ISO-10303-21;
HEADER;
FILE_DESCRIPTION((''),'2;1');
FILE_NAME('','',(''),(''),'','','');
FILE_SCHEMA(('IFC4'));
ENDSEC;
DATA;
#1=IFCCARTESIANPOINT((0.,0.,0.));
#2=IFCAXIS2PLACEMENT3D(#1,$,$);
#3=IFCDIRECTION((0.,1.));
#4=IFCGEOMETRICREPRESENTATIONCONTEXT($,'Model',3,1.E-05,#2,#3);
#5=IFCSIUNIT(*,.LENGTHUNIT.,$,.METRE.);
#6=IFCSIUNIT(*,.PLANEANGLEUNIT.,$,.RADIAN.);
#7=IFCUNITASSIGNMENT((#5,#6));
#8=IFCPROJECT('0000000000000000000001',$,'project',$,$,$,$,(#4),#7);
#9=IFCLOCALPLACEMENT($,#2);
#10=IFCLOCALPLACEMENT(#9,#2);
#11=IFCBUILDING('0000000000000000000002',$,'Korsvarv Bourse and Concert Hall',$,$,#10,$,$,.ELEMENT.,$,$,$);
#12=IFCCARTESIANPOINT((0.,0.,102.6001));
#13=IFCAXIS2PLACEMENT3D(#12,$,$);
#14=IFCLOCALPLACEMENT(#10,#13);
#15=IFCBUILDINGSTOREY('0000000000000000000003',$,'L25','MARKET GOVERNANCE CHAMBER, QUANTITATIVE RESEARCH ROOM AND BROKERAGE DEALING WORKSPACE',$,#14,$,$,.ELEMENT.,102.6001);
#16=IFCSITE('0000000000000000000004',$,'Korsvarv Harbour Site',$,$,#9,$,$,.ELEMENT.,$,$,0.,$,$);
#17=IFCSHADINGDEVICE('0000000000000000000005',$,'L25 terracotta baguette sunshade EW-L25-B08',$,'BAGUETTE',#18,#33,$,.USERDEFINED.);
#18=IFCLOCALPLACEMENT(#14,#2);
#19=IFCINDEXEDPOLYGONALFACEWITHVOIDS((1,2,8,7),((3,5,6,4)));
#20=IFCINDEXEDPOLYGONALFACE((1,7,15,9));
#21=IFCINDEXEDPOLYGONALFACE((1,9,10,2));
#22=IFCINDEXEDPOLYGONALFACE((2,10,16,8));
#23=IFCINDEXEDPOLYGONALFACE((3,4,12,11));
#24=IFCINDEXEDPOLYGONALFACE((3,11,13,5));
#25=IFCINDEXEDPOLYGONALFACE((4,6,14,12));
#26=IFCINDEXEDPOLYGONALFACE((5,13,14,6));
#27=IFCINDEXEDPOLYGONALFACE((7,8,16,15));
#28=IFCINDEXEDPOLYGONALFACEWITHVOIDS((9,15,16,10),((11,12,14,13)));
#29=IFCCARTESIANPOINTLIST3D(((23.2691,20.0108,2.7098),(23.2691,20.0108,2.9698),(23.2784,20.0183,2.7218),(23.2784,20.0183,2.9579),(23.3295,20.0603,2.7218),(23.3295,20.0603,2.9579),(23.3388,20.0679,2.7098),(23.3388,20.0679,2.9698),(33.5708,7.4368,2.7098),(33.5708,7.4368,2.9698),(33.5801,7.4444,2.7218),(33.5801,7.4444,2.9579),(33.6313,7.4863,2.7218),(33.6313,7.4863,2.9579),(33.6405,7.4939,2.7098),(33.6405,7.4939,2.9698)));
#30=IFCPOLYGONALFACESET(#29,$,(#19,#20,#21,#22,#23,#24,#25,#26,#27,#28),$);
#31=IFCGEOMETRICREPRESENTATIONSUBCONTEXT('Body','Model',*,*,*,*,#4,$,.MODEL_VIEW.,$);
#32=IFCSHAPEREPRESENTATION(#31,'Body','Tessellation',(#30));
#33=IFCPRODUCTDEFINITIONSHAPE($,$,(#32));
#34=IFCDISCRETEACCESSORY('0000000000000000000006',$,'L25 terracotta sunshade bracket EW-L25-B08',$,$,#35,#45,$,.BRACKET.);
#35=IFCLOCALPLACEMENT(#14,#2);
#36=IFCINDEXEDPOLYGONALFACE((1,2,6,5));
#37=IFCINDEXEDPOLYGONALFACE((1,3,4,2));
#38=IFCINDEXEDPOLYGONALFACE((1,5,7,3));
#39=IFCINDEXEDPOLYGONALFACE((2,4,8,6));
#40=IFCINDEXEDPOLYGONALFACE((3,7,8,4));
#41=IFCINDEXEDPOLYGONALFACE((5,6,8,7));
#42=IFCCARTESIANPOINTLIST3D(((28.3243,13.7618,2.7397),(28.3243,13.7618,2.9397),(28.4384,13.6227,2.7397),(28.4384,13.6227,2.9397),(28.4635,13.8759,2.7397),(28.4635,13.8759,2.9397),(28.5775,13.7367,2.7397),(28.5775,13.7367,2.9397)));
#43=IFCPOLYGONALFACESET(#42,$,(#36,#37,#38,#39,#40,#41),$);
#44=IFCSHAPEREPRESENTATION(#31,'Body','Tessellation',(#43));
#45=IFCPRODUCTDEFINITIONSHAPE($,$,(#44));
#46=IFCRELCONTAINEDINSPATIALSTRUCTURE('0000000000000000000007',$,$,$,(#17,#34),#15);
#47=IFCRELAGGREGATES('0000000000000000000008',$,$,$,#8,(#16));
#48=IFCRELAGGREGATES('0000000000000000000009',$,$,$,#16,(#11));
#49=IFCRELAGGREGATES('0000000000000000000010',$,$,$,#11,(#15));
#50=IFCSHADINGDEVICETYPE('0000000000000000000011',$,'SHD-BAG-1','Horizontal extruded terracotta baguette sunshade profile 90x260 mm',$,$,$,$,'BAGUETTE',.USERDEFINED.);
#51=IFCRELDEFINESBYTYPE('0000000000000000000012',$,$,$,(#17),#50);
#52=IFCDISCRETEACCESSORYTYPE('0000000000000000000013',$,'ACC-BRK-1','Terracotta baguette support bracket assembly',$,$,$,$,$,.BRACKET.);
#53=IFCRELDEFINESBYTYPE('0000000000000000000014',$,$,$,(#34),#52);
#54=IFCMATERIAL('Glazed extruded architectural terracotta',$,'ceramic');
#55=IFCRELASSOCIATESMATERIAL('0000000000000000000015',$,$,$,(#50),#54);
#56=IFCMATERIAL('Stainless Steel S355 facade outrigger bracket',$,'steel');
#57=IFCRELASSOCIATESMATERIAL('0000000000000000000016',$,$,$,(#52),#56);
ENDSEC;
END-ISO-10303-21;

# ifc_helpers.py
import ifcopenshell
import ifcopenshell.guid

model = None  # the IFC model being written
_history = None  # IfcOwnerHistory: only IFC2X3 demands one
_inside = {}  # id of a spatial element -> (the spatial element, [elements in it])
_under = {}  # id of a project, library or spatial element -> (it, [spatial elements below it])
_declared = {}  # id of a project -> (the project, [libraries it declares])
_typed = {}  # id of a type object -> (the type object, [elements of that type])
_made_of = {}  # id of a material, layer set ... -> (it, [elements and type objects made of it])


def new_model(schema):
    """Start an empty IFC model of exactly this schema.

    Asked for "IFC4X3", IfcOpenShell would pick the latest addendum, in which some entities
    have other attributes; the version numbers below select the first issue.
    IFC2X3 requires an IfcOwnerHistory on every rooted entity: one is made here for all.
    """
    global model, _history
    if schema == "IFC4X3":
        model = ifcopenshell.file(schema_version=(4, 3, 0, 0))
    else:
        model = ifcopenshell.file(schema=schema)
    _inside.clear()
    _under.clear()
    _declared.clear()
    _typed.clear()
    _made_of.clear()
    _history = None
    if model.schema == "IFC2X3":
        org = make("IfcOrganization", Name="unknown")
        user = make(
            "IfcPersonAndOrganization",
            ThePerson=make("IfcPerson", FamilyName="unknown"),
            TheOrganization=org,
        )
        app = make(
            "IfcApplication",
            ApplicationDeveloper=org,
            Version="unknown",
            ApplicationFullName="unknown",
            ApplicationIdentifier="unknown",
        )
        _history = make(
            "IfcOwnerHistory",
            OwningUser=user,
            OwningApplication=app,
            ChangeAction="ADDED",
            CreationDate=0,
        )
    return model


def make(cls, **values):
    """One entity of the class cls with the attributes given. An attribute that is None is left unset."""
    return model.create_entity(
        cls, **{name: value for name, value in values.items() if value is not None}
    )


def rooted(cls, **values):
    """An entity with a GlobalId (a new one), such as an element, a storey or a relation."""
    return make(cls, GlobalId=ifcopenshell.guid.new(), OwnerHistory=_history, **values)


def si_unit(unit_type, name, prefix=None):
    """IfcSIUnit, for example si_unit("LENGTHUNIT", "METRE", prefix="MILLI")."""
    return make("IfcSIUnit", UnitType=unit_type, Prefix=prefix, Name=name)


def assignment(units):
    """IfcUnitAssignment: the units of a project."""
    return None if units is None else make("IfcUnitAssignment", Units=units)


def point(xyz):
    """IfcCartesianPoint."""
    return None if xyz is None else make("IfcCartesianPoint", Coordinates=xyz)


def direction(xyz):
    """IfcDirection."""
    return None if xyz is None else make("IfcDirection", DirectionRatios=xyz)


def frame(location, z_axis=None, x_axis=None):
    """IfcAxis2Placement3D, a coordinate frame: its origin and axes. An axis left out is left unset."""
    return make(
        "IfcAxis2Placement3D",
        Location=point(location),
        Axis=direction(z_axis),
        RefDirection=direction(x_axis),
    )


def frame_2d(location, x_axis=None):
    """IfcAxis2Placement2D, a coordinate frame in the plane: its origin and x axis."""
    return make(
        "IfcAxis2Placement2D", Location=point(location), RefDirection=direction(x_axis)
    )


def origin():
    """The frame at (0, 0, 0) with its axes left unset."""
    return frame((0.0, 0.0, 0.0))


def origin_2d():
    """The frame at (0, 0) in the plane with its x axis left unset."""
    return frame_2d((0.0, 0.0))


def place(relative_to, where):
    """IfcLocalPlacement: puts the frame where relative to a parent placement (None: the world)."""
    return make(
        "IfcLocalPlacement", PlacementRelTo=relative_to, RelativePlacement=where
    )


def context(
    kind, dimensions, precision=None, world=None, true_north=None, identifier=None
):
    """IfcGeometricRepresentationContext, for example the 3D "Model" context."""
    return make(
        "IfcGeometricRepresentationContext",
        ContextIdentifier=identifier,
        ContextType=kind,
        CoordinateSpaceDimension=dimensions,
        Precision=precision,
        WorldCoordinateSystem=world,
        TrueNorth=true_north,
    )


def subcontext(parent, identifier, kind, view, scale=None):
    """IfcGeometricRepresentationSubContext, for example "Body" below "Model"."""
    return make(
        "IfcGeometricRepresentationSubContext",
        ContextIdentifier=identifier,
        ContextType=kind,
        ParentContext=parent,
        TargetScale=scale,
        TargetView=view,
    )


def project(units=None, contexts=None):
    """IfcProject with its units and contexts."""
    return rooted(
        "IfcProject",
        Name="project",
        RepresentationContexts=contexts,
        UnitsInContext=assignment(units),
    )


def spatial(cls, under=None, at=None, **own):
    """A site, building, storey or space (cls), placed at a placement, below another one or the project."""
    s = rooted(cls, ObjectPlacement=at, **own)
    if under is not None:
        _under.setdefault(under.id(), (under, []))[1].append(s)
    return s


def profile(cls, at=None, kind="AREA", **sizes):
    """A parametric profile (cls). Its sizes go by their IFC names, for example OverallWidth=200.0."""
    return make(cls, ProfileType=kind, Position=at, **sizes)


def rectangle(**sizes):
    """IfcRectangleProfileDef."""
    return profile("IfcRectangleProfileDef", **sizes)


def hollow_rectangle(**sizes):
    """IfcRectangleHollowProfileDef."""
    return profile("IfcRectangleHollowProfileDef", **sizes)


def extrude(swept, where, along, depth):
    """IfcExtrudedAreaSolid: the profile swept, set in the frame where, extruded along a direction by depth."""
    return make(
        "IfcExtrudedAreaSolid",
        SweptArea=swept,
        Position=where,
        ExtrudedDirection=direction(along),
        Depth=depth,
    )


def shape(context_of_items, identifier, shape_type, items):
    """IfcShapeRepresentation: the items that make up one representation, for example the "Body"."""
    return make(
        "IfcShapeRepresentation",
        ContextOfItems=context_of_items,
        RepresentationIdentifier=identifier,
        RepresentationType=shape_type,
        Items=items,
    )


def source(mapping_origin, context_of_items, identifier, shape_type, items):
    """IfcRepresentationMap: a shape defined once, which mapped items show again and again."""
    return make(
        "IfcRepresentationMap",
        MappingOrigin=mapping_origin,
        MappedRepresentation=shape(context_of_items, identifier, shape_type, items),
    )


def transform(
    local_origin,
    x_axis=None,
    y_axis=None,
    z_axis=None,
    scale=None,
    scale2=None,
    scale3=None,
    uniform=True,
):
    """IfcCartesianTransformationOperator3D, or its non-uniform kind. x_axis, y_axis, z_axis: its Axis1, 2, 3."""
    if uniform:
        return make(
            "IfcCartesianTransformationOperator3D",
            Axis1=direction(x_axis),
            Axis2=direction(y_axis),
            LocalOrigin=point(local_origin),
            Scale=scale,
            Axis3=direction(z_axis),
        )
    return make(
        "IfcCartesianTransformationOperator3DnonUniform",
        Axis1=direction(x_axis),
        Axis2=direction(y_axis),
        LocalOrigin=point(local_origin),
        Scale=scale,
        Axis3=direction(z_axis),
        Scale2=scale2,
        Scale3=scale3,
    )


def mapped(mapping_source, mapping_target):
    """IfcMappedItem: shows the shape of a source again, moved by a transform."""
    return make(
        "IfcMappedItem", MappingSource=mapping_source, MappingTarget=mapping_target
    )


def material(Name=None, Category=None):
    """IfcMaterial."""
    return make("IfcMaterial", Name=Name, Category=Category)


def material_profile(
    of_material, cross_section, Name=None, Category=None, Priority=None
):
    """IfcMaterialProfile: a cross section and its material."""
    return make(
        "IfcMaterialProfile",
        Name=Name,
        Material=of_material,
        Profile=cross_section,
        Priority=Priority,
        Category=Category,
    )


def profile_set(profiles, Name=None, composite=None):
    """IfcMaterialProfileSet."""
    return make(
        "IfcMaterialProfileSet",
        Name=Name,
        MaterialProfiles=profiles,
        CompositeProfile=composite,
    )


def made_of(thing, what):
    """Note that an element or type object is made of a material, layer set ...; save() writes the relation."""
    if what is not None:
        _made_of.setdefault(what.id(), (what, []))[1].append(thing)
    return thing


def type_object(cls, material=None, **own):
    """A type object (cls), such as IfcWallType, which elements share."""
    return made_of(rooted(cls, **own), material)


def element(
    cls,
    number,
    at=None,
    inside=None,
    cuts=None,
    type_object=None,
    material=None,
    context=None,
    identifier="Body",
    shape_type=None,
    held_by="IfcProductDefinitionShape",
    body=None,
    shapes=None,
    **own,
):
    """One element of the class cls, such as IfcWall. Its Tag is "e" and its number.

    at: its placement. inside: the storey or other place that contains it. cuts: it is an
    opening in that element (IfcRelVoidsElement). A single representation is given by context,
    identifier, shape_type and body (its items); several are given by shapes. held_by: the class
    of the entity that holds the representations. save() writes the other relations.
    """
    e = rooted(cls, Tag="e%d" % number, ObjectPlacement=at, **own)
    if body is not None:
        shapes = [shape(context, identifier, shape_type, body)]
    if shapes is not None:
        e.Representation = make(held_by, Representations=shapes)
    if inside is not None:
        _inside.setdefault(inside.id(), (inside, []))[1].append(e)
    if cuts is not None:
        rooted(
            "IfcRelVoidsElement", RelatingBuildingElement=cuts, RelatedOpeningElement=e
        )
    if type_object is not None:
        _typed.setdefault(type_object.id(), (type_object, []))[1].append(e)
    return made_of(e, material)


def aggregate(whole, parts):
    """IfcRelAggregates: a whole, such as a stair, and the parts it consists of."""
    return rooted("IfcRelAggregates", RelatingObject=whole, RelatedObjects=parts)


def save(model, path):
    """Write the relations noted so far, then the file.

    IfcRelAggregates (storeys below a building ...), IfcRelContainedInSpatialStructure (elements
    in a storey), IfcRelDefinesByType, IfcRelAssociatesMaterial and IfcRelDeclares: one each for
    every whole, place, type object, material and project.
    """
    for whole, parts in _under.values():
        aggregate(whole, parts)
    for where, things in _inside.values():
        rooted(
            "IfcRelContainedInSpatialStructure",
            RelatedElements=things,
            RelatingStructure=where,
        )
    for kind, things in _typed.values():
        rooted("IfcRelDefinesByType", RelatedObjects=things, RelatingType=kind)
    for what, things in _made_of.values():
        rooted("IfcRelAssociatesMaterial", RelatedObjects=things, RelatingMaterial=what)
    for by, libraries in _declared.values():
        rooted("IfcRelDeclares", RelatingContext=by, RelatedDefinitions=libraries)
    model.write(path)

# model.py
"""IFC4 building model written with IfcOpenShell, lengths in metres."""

from ifc_helpers import new_model, si_unit, direction, frame, origin, origin_2d, place, context, subcontext, project, spatial, rectangle, hollow_rectangle, extrude, source, transform, mapped, material, material_profile, profile_set, type_object, element, save


model = new_model("IFC4")

# Units and contexts
model_context = context("Model", 3, precision=1e-05, world=origin(), true_north=direction((0.0, 1.0)))
body_context = subcontext(model_context, "Body", "Model", "MODEL_VIEW")
ifc_project = project(units=[si_unit("LENGTHUNIT", "METRE"), si_unit("PLANEANGLEUNIT", "RADIAN")], contexts=[model_context])

# Site, building, storey
site_placement = place(None, origin())
site = spatial("IfcSite", under=ifc_project, at=site_placement, Name="Korsvarv Harbour Site", CompositionType="ELEMENT", RefElevation=0.0)
building_placement = place(site_placement, origin())
building = spatial("IfcBuilding", under=site, at=building_placement, Name="Korsvarv Bourse and Concert Hall", CompositionType="ELEMENT")
storey_placement = place(building_placement, frame((0.0, 0.0, 102.6001)))
storey = spatial("IfcBuildingStorey", under=building, at=storey_placement, Name="L25", Description="MARKET GOVERNANCE CHAMBER, QUANTITATIVE RESEARCH ROOM AND BROKERAGE DEALING WORKSPACE", CompositionType="ELEMENT", Elevation=102.6001)

# Shading device
ifc_material_1 = material(Name="Glazed extruded architectural terracotta", Category="ceramic")
ifc_material_profile_1 = material_profile(ifc_material_1, hollow_rectangle(XDim=0.0901, YDim=0.26, WallThickness=0.012, at=origin_2d()), Name="TC-BAG 90x260")
ifc_profile_set_1 = profile_set([ifc_material_profile_1], Name="Glazed extruded architectural terracotta")
shading_device_type = type_object("IfcShadingDeviceType", Name="SHD-BAG-1", Description="Horizontal extruded terracotta baguette sunshade profile 90x260 mm", ElementType="BAGUETTE", PredefinedType="USERDEFINED", material=ifc_profile_set_1)
shared_shape_1 = source(origin(), body_context, "Body", "SweptSolid", [
    extrude(hollow_rectangle(XDim=0.0901, YDim=0.26, WallThickness=0.012, at=origin_2d()), origin(), (0.0, 0.0, 1.0), 16.2551),
])
shading_device_placement = place(storey_placement, frame((23.304, 20.0393, 2.8398), z_axis=(0.633752, -0.773536, 0.0), x_axis=(0.773536, 0.633752, 0.0)))
element("IfcShadingDevice", 1, at=shading_device_placement, inside=storey, type_object=shading_device_type, Name="L25 terracotta baguette sunshade EW-L25-B08", ObjectType="BAGUETTE", PredefinedType="USERDEFINED", context=body_context, shape_type="MappedRepresentation", body=[
    mapped(shared_shape_1, transform((0.0, 0.0, 0.0), scale=1.0)),
])

# Discrete accessory
ifc_material_2 = material(Name="Stainless Steel S355 facade outrigger bracket", Category="steel")
discrete_accessory_type = type_object("IfcDiscreteAccessoryType", Name="ACC-BRK-1", Description="Terracotta baguette support bracket assembly", PredefinedType="BRACKET", material=ifc_material_2)
shared_shape_2 = source(origin(), body_context, "Body", "SweptSolid", [
    extrude(rectangle(XDim=0.1799, YDim=0.1799, at=origin_2d()), origin(), (0.0, 0.0, 1.0), 0.2),
])
discrete_accessory_placement = place(storey_placement, frame((28.4509, 13.7493, 2.7397), z_axis=(0.0, 0.0, 1.0), x_axis=(0.633786, -0.773508, 0.0)))
element("IfcDiscreteAccessory", 2, at=discrete_accessory_placement, inside=storey, type_object=discrete_accessory_type, Name="L25 terracotta sunshade bracket EW-L25-B08", PredefinedType="BRACKET", context=body_context, shape_type="MappedRepresentation", body=[
    mapped(shared_shape_2, transform((0.0, 0.0, 0.0), scale=1.0)),
])

save(model, "model.ifc")
